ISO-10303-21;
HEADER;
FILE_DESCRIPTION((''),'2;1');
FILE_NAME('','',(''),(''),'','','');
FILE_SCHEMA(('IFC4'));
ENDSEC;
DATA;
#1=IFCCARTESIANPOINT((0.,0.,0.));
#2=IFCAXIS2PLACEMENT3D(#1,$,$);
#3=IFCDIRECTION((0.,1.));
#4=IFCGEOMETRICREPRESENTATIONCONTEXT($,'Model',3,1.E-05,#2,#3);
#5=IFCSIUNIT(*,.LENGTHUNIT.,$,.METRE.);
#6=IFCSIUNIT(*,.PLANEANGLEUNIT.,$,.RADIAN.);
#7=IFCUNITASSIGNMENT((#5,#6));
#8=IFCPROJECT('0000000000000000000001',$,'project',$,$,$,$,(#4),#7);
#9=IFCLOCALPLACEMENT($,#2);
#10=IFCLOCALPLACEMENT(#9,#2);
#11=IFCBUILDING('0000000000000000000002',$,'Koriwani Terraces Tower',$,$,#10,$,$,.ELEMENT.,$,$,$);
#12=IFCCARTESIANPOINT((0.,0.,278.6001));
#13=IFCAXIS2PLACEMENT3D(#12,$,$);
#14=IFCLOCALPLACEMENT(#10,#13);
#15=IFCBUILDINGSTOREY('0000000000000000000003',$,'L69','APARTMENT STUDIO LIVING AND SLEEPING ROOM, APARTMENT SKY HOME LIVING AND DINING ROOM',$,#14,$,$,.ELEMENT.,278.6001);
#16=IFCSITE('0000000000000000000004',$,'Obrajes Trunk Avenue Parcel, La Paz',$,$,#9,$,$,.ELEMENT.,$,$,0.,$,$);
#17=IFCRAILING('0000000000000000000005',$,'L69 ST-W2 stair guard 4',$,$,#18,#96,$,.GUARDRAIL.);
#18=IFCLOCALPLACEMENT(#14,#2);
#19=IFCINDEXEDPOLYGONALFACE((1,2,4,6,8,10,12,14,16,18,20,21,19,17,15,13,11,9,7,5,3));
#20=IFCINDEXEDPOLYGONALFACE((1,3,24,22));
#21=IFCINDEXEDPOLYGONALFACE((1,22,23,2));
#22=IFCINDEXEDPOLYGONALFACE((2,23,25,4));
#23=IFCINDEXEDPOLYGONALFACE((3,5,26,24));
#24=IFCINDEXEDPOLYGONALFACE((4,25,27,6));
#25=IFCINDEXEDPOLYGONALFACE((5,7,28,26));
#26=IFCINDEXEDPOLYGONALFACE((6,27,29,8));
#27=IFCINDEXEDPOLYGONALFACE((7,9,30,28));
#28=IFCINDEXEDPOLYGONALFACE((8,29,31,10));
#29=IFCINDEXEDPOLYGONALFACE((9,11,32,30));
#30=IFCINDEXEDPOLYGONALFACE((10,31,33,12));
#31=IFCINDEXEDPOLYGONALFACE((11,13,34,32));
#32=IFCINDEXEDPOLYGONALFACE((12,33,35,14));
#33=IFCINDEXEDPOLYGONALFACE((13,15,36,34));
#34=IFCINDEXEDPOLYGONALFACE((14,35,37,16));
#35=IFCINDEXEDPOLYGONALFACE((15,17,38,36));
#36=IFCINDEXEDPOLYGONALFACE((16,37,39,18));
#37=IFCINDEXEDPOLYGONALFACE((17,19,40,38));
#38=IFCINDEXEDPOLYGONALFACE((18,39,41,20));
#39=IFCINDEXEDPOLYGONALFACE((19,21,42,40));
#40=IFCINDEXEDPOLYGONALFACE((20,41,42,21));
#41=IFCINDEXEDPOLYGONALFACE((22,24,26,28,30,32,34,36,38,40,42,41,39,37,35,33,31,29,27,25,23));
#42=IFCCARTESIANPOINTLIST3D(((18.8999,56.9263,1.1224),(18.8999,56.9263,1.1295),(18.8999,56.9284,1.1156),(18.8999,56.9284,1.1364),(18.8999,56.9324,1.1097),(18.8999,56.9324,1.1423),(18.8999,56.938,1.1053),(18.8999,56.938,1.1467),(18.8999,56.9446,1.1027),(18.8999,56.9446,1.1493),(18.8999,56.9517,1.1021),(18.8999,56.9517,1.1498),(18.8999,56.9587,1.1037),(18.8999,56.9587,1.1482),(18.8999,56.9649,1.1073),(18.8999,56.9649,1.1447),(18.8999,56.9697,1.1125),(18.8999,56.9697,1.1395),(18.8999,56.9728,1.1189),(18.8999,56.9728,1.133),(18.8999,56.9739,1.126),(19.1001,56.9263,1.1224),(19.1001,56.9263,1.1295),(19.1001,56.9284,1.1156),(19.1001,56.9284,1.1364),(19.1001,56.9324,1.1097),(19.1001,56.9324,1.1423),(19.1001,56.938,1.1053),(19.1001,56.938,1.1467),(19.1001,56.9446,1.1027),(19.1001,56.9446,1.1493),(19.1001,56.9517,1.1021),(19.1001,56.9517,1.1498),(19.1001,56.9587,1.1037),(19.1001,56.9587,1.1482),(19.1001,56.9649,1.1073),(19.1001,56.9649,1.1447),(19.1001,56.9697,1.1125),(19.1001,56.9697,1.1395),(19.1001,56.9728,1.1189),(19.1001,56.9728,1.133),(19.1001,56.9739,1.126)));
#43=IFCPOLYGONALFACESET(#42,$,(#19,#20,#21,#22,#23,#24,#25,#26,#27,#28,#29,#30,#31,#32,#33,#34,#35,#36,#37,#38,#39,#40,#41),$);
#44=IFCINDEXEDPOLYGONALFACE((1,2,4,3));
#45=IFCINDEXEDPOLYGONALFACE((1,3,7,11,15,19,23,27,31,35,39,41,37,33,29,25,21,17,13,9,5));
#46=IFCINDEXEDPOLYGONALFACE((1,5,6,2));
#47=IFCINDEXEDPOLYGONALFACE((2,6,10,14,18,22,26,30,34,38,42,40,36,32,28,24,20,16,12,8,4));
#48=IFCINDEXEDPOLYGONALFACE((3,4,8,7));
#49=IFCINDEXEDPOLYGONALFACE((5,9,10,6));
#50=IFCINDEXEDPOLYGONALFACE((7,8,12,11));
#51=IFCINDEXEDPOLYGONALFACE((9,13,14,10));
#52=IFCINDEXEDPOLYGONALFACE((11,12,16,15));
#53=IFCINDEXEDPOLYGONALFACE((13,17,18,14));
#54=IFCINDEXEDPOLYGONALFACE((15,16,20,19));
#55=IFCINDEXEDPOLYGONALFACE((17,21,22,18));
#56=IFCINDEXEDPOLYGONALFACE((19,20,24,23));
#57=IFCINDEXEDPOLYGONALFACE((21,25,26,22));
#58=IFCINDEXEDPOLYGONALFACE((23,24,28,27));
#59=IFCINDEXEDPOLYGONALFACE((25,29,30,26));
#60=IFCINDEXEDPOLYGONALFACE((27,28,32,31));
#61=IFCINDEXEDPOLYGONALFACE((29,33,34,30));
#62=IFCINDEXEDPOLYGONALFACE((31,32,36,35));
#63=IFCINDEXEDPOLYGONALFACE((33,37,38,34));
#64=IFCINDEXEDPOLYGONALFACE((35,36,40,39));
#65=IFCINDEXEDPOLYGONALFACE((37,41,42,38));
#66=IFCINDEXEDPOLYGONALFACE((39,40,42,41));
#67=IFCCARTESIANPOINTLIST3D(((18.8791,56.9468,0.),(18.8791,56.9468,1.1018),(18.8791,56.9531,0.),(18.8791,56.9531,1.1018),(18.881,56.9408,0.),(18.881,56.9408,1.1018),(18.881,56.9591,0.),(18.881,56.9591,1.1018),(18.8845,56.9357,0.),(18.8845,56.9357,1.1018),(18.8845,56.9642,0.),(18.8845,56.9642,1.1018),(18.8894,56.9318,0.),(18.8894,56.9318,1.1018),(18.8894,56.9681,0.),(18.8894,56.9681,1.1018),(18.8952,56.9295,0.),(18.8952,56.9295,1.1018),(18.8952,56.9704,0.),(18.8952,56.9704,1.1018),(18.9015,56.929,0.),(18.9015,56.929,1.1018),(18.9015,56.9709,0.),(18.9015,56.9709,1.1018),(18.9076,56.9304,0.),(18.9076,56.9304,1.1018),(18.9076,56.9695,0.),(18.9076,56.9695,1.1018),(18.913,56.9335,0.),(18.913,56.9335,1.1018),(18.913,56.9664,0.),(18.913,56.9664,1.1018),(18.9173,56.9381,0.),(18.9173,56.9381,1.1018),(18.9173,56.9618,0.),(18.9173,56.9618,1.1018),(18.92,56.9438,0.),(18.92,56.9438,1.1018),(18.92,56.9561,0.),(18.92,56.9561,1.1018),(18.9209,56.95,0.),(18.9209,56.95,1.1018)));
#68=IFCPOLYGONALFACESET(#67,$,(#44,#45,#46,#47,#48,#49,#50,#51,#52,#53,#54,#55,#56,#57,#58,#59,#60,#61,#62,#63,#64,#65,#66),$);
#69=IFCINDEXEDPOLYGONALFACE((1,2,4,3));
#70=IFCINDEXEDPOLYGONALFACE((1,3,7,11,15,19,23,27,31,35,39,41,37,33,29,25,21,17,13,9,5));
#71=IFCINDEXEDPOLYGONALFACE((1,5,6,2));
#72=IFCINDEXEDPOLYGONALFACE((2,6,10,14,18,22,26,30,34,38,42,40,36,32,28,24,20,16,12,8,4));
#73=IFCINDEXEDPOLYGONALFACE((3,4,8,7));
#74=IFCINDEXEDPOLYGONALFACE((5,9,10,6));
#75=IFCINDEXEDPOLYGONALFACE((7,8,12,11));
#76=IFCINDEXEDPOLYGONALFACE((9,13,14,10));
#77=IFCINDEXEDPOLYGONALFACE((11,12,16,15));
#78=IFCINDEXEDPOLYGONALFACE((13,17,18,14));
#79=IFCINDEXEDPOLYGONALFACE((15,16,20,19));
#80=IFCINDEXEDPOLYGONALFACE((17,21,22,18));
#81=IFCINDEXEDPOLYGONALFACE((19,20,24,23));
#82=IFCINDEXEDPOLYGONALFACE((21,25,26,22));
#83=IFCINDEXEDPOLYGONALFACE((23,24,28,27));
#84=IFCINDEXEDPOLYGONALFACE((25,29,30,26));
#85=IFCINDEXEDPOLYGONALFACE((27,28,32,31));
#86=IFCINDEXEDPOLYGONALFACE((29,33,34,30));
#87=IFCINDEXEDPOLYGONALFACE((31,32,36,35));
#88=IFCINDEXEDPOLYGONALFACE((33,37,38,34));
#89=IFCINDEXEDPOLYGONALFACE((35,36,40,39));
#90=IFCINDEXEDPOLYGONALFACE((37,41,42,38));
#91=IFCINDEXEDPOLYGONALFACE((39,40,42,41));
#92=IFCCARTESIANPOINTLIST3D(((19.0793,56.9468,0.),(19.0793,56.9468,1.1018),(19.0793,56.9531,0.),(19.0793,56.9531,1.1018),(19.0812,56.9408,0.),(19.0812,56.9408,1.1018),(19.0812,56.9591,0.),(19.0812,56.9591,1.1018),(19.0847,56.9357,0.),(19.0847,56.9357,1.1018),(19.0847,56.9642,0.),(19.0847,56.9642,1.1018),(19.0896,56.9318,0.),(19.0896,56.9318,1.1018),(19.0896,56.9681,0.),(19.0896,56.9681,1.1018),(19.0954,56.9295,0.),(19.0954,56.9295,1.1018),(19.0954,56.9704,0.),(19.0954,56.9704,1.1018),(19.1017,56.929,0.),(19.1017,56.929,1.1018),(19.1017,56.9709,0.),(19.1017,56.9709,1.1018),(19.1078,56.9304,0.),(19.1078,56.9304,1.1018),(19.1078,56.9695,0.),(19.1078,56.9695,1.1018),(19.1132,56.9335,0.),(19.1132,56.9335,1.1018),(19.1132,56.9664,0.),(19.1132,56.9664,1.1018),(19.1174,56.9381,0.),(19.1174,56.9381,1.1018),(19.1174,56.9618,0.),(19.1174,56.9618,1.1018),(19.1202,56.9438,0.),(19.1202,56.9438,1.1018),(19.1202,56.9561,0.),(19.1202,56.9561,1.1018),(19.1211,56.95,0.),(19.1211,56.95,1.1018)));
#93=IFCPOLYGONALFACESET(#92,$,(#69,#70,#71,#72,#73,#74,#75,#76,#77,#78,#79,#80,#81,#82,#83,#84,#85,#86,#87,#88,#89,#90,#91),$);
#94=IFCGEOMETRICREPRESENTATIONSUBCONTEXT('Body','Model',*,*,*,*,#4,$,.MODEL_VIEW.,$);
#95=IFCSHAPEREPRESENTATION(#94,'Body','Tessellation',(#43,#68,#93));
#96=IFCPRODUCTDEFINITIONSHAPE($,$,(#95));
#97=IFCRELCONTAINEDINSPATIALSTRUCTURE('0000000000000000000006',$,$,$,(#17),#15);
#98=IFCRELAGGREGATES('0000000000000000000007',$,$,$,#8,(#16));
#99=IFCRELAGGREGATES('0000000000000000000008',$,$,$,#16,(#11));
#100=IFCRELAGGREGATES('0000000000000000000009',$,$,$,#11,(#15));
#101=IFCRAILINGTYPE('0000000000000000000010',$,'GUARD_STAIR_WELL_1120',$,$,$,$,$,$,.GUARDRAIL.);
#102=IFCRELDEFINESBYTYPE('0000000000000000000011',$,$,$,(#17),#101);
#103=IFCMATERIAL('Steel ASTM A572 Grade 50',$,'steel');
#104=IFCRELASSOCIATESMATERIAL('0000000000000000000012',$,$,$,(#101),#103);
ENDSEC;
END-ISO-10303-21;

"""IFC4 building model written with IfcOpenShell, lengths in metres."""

from ifc_helpers import new_model, si_unit, direction, frame, origin, origin_2d, place, context, subcontext, project, spatial, circle, extrude, material, type_object, element, save


model = new_model("IFC4")

# Units and contexts
model_context = context("Model", 3, precision=1e-05, world=origin(), true_north=direction((0.0, 1.0)))
body_context = subcontext(model_context, "Body", "Model", "MODEL_VIEW")
ifc_project = project(units=[si_unit("LENGTHUNIT", "METRE"), si_unit("PLANEANGLEUNIT", "RADIAN")], contexts=[model_context])

# Site, building, storey
site_placement = place(None, origin())
site = spatial("IfcSite", under=ifc_project, at=site_placement, Name="Obrajes Trunk Avenue Parcel, La Paz", CompositionType="ELEMENT", RefElevation=0.0)
building_placement = place(site_placement, origin())
building = spatial("IfcBuilding", under=site, at=building_placement, Name="Koriwani Terraces Tower", CompositionType="ELEMENT")
storey_placement = place(building_placement, frame((0.0, 0.0, 278.6001)))
storey = spatial("IfcBuildingStorey", under=building, at=storey_placement, Name="L69", Description="APARTMENT STUDIO LIVING AND SLEEPING ROOM, APARTMENT SKY HOME LIVING AND DINING ROOM", CompositionType="ELEMENT", Elevation=278.6001)

# Shared definitions
ifc_material_1 = material(Name="Steel ASTM A572 Grade 50", Category="steel")

# Railing
railing_type_1 = type_object("IfcRailingType", Name="GUARD_STAIR_WELL_1120", PredefinedType="GUARDRAIL", material=ifc_material_1)
railing_1_placement = place(storey_placement, frame((18.8999, 56.95, 0.0)))
element("IfcRailing", 1, at=railing_1_placement, inside=storey, type_object=railing_type_1, Name="L69 ST-W2 stair guard 4", PredefinedType="GUARDRAIL", context=body_context, shape_type="SweptSolid", body=[
    extrude(circle(Radius=0.0239, at=origin_2d()), frame((0.0, 0.0, 1.126), z_axis=(1.0, 0.0, 0.0), x_axis=(0.0, 1.0, 0.0)), (0.0, 0.0, 1.0), 0.2002),
    extrude(circle(Radius=0.021, at=origin_2d()), origin(), (0.0, 0.0, 1.0), 1.1018),
    extrude(circle(Radius=0.021, at=origin_2d()), frame((0.2002, 0.0, 0.0)), (0.0, 0.0, 1.0), 1.1018),
])

save(model, "model.ifc")
